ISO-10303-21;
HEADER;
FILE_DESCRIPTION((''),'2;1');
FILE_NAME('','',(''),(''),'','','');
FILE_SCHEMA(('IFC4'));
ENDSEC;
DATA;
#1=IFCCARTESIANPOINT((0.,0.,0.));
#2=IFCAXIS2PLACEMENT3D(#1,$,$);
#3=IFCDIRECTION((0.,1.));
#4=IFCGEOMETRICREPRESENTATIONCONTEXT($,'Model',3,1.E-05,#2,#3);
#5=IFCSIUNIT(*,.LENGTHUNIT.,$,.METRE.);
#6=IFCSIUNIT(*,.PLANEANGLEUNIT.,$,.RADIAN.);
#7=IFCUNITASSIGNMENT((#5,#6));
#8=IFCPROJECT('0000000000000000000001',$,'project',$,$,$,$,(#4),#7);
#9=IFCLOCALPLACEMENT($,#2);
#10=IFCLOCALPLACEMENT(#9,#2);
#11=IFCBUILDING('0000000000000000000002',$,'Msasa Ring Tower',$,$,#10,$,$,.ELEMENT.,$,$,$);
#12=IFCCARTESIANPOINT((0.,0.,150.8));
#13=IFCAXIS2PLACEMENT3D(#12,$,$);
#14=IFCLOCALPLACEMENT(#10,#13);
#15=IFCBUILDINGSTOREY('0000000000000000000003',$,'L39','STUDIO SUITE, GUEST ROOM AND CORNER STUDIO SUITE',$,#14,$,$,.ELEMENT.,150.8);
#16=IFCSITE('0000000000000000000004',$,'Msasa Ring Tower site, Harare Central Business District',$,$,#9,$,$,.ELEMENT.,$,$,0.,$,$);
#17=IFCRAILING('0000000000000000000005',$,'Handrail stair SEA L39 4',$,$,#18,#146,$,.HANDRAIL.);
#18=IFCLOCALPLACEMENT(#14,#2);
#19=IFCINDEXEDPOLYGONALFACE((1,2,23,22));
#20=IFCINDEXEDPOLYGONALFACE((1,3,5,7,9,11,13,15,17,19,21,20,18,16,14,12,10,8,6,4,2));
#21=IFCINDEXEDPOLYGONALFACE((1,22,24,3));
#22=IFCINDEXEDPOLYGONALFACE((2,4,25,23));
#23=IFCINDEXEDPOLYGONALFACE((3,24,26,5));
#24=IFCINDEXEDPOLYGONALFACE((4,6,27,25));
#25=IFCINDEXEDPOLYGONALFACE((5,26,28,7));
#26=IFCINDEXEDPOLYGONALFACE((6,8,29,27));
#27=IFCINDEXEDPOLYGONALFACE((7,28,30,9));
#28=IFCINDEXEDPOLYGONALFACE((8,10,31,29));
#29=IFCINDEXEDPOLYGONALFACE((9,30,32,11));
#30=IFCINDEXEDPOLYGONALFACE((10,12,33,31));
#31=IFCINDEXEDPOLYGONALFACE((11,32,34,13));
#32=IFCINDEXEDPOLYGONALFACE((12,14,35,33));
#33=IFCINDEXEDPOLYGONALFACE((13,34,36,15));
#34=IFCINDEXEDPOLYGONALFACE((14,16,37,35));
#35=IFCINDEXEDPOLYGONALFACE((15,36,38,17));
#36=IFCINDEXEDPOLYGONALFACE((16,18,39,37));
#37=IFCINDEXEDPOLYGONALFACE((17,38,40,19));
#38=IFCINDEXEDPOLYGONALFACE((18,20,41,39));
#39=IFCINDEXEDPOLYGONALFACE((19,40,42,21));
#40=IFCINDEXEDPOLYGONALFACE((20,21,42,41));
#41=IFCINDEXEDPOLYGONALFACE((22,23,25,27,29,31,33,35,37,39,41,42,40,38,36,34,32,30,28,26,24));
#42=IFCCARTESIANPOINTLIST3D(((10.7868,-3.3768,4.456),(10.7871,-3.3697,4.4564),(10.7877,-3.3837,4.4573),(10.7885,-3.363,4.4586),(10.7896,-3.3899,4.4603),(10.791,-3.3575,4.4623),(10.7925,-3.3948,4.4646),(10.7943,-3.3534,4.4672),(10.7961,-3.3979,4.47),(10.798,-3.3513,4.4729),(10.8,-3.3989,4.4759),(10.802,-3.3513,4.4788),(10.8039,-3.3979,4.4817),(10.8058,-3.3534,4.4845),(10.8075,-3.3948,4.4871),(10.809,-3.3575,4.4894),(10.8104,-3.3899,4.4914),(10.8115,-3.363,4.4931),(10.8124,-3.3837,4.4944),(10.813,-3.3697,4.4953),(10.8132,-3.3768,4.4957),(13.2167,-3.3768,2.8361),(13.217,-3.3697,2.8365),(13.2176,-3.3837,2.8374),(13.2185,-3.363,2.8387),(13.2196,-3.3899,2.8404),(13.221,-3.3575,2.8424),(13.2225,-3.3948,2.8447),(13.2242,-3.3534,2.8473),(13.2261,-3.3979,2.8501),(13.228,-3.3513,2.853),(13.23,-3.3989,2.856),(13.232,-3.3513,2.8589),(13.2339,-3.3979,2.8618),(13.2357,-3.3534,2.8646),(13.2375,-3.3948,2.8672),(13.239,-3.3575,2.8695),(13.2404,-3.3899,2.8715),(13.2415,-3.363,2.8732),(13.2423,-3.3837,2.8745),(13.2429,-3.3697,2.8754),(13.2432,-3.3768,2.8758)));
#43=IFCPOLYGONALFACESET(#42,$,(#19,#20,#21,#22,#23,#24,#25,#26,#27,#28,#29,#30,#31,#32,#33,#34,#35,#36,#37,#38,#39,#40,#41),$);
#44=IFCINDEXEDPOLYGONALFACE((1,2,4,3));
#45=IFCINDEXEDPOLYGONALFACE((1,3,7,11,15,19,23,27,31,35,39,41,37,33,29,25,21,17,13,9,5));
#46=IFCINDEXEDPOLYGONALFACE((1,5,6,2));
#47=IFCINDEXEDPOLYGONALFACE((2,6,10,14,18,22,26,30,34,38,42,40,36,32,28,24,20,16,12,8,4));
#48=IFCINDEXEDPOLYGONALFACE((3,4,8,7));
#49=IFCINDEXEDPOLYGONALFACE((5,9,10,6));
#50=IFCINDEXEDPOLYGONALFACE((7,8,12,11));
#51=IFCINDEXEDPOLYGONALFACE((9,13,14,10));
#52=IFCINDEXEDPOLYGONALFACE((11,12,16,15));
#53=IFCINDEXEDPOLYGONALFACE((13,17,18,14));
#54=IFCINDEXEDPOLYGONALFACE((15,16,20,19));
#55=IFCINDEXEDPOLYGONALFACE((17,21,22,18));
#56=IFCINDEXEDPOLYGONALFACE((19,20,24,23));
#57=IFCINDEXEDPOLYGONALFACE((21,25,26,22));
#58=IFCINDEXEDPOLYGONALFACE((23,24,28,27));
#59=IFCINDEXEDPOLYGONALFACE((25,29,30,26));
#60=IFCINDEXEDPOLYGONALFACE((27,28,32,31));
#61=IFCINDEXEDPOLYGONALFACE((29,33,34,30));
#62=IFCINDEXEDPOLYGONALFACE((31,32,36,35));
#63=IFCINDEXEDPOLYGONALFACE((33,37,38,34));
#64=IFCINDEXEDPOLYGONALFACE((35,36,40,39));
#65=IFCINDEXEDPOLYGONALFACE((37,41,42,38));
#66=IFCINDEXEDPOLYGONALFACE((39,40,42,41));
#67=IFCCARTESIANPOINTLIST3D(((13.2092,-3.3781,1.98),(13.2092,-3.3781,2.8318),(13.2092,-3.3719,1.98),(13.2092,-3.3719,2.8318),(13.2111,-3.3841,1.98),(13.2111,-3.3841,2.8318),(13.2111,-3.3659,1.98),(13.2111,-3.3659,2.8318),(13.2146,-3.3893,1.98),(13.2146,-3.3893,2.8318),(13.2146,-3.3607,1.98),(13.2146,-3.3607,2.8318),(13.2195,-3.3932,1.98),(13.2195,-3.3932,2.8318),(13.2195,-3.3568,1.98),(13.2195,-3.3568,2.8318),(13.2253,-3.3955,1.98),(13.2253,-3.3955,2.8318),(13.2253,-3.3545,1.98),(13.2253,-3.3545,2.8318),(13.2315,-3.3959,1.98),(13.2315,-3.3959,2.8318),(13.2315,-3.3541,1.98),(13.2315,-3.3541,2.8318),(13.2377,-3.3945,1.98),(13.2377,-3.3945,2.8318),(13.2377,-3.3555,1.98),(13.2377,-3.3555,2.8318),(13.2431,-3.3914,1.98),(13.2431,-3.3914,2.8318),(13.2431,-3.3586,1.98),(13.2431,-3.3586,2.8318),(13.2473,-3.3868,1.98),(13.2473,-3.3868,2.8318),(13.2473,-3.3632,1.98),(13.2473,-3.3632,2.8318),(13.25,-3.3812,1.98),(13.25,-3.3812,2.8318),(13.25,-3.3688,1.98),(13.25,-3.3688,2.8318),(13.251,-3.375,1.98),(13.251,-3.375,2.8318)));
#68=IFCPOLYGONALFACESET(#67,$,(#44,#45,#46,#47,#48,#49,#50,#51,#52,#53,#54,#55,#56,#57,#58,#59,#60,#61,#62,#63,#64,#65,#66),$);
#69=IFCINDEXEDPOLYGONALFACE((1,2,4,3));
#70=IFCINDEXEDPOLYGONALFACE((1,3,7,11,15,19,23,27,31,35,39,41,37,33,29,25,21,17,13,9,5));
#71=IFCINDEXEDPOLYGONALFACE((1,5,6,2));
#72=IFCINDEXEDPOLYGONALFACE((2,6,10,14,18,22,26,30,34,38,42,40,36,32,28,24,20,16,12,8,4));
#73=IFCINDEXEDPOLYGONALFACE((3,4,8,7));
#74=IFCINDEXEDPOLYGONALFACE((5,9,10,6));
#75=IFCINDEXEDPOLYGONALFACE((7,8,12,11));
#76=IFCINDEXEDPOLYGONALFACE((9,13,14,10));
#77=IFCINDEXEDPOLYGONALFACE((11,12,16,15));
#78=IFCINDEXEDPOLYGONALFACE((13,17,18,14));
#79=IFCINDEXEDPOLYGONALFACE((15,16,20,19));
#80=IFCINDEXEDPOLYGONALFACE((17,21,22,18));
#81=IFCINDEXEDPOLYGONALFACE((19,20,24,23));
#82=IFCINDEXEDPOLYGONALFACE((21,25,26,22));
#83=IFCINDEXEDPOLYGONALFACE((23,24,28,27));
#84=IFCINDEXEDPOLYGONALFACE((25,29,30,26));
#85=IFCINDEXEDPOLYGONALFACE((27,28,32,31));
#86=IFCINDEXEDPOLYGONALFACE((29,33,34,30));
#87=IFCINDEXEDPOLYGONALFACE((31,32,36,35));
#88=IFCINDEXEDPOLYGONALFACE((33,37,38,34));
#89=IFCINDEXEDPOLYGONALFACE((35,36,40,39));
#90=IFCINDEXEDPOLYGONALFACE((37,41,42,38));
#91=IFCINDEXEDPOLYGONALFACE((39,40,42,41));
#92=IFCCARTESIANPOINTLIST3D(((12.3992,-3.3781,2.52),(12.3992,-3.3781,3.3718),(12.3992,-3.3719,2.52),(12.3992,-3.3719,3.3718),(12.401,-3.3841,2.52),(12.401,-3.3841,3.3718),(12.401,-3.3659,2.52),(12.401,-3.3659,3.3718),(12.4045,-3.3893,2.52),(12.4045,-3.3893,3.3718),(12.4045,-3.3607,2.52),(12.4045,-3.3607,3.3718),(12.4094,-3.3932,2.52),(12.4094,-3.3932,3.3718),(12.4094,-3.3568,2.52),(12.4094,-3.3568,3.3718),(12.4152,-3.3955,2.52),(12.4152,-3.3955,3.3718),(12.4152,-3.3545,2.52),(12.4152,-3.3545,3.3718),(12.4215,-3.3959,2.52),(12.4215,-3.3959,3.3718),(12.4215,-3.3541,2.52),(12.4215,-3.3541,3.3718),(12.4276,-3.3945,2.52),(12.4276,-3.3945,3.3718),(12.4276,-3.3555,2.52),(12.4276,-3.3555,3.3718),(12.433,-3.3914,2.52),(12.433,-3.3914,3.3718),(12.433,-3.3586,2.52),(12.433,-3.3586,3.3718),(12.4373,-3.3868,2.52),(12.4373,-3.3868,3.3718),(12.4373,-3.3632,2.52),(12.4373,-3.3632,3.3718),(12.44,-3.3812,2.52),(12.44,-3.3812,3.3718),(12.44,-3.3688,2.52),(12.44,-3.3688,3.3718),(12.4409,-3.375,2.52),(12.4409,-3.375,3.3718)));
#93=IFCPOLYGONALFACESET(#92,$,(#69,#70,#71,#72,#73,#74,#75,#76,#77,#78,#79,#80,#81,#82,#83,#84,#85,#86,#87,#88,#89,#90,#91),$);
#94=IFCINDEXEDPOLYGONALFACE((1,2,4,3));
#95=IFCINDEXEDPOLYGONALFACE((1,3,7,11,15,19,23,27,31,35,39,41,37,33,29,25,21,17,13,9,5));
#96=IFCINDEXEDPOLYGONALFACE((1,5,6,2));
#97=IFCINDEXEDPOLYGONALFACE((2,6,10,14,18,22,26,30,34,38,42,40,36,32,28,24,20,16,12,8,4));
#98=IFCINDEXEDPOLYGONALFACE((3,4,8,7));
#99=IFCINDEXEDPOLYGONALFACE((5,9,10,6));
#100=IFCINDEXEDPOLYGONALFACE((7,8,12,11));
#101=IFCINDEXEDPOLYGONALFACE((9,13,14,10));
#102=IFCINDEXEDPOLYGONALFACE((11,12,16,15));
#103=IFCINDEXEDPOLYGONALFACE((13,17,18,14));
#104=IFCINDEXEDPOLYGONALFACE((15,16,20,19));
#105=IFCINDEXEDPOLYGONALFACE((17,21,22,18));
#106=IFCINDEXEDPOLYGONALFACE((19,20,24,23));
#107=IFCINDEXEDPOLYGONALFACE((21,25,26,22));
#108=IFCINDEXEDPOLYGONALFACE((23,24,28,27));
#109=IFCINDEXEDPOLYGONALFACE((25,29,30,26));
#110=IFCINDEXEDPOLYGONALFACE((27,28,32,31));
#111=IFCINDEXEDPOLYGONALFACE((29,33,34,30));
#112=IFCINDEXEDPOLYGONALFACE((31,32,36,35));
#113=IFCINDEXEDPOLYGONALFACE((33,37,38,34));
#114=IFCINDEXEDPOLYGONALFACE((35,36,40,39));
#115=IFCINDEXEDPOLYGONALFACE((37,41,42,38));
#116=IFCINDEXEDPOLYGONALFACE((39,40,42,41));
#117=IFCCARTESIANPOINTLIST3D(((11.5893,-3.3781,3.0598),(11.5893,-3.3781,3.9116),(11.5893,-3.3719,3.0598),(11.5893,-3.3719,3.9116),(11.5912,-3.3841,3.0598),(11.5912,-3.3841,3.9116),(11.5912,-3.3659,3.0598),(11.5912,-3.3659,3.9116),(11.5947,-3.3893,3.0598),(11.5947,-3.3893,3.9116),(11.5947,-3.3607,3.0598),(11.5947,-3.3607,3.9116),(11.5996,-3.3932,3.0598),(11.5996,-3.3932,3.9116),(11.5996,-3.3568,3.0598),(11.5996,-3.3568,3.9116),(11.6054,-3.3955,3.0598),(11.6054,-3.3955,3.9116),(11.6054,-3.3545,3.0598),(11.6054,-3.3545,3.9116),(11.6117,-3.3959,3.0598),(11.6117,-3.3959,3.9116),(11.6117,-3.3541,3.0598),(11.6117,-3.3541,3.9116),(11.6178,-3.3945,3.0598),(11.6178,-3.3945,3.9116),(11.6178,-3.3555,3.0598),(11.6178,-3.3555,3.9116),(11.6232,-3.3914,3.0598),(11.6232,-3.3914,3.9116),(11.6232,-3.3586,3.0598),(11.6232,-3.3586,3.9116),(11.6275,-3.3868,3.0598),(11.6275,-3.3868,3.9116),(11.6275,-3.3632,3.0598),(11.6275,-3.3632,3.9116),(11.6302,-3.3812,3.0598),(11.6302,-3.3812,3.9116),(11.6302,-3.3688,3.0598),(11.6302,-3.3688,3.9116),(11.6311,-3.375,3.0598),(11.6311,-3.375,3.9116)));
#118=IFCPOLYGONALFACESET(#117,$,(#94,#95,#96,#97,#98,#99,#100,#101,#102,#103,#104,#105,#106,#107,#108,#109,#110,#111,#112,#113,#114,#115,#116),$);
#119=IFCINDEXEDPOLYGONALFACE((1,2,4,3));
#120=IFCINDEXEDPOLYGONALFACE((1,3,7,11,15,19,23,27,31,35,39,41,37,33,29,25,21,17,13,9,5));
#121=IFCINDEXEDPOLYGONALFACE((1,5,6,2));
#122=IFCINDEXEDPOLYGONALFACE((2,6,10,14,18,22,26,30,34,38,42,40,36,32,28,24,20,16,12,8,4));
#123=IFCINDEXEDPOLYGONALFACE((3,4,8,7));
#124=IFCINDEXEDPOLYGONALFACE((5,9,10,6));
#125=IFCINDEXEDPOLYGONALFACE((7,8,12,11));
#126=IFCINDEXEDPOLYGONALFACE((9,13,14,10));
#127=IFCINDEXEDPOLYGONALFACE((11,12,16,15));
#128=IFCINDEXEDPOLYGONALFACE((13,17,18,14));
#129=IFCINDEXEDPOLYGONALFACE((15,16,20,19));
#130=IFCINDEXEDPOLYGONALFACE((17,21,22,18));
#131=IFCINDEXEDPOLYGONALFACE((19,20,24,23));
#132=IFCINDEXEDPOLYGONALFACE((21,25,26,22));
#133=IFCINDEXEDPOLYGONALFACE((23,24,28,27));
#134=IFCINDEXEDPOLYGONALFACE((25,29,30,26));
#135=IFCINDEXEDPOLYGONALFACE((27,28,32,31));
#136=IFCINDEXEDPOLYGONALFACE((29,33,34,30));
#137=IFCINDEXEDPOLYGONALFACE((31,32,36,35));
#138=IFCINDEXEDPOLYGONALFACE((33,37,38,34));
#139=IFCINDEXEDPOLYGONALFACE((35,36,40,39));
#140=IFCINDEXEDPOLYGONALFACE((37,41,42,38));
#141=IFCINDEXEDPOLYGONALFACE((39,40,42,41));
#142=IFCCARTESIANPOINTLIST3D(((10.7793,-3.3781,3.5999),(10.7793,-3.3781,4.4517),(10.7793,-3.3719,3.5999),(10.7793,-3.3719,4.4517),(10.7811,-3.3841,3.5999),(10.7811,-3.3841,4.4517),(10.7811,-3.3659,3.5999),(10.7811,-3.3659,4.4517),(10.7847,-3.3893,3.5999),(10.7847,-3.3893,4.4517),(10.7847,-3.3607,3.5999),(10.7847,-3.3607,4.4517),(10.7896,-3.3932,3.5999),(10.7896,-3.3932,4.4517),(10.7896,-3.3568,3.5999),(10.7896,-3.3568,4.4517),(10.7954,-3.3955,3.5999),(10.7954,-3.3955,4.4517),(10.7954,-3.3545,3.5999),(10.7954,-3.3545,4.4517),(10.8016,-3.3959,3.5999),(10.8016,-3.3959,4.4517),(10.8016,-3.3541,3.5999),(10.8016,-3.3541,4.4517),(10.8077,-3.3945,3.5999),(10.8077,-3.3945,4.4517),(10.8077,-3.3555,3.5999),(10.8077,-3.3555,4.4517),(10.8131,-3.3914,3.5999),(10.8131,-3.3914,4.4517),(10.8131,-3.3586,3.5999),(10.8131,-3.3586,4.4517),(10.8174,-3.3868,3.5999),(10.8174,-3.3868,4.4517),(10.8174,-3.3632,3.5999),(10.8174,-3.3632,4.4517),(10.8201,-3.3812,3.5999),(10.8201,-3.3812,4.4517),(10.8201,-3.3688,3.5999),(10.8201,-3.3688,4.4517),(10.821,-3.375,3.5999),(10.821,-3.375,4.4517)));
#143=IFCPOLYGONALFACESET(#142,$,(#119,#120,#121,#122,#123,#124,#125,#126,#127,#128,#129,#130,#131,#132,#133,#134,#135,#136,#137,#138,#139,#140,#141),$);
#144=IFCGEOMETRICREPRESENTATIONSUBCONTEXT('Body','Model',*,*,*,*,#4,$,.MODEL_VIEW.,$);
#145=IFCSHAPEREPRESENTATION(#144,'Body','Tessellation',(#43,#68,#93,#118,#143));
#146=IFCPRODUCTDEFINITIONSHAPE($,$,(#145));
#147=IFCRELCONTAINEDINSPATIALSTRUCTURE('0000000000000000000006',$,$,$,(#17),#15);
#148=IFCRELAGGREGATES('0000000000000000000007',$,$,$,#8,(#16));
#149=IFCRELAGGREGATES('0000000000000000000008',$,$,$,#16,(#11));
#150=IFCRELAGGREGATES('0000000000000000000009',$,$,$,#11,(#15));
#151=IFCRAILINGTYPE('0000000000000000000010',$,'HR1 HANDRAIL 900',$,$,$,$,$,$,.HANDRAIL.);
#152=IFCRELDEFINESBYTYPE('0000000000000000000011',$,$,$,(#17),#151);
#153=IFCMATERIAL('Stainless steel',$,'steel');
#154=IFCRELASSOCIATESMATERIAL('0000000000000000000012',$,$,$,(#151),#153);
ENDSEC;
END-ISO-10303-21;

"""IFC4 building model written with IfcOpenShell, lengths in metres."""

from ifc_helpers import new_model, si_unit, direction, frame, origin, origin_2d, place, context, subcontext, project, spatial, circle, extrude, material, type_object, element, save


model = new_model("IFC4")

# Units and contexts
model_context = context("Model", 3, precision=1e-05, world=origin(), true_north=direction((0.0, 1.0)))
body_context = subcontext(model_context, "Body", "Model", "MODEL_VIEW")
ifc_project = project(units=[si_unit("LENGTHUNIT", "METRE"), si_unit("PLANEANGLEUNIT", "RADIAN")], contexts=[model_context])

# Site, building, storey
site_placement = place(None, origin())
site = spatial("IfcSite", under=ifc_project, at=site_placement, Name="Msasa Ring Tower site, Harare Central Business District", CompositionType="ELEMENT", RefElevation=0.0)
building_placement = place(site_placement, origin())
building = spatial("IfcBuilding", under=site, at=building_placement, Name="Msasa Ring Tower", CompositionType="ELEMENT")
storey_placement = place(building_placement, frame((0.0, 0.0, 150.8)))
storey = spatial("IfcBuildingStorey", under=building, at=storey_placement, Name="L39", Description="STUDIO SUITE, GUEST ROOM AND CORNER STUDIO SUITE", CompositionType="ELEMENT", Elevation=150.8)

# Railing
ifc_material_1 = material(Name="Stainless steel", Category="steel")
railing_type = type_object("IfcRailingType", Name="HR1 HANDRAIL 900", PredefinedType="HANDRAIL", material=ifc_material_1)
for number, where, name in (
    (1, (13.23, -3.375, 1.98), "Handrail stair SEA L39 4"),
):
    element("IfcRailing", number, at=place(storey_placement, frame(where)), inside=storey, type_object=railing_type, Name=name, PredefinedType="HANDRAIL", context=body_context, shape_type="SweptSolid", body=[
        extrude(circle(Radius=0.0239, at=origin_2d()), frame((0.0, 0.0, 0.876), z_axis=(-0.832063, 0.0, 0.554681), x_axis=(0.0, -1.0, 0.0)), (0.0, 0.0, 1.0), 2.9204),
        extrude(circle(Radius=0.021, at=origin_2d()), origin(), (0.0, 0.0, 1.0), 0.8518),
        extrude(circle(Radius=0.021, at=origin_2d()), frame((-0.8101, 0.0, 0.54)), (0.0, 0.0, 1.0), 0.8518),
        extrude(circle(Radius=0.021, at=origin_2d()), frame((-1.6199, 0.0, 1.0798)), (0.0, 0.0, 1.0), 0.8518),
        extrude(circle(Radius=0.021, at=origin_2d()), frame((-2.4299, 0.0, 1.6199)), (0.0, 0.0, 1.0), 0.8518),
    ])

save(model, "model.ifc")
